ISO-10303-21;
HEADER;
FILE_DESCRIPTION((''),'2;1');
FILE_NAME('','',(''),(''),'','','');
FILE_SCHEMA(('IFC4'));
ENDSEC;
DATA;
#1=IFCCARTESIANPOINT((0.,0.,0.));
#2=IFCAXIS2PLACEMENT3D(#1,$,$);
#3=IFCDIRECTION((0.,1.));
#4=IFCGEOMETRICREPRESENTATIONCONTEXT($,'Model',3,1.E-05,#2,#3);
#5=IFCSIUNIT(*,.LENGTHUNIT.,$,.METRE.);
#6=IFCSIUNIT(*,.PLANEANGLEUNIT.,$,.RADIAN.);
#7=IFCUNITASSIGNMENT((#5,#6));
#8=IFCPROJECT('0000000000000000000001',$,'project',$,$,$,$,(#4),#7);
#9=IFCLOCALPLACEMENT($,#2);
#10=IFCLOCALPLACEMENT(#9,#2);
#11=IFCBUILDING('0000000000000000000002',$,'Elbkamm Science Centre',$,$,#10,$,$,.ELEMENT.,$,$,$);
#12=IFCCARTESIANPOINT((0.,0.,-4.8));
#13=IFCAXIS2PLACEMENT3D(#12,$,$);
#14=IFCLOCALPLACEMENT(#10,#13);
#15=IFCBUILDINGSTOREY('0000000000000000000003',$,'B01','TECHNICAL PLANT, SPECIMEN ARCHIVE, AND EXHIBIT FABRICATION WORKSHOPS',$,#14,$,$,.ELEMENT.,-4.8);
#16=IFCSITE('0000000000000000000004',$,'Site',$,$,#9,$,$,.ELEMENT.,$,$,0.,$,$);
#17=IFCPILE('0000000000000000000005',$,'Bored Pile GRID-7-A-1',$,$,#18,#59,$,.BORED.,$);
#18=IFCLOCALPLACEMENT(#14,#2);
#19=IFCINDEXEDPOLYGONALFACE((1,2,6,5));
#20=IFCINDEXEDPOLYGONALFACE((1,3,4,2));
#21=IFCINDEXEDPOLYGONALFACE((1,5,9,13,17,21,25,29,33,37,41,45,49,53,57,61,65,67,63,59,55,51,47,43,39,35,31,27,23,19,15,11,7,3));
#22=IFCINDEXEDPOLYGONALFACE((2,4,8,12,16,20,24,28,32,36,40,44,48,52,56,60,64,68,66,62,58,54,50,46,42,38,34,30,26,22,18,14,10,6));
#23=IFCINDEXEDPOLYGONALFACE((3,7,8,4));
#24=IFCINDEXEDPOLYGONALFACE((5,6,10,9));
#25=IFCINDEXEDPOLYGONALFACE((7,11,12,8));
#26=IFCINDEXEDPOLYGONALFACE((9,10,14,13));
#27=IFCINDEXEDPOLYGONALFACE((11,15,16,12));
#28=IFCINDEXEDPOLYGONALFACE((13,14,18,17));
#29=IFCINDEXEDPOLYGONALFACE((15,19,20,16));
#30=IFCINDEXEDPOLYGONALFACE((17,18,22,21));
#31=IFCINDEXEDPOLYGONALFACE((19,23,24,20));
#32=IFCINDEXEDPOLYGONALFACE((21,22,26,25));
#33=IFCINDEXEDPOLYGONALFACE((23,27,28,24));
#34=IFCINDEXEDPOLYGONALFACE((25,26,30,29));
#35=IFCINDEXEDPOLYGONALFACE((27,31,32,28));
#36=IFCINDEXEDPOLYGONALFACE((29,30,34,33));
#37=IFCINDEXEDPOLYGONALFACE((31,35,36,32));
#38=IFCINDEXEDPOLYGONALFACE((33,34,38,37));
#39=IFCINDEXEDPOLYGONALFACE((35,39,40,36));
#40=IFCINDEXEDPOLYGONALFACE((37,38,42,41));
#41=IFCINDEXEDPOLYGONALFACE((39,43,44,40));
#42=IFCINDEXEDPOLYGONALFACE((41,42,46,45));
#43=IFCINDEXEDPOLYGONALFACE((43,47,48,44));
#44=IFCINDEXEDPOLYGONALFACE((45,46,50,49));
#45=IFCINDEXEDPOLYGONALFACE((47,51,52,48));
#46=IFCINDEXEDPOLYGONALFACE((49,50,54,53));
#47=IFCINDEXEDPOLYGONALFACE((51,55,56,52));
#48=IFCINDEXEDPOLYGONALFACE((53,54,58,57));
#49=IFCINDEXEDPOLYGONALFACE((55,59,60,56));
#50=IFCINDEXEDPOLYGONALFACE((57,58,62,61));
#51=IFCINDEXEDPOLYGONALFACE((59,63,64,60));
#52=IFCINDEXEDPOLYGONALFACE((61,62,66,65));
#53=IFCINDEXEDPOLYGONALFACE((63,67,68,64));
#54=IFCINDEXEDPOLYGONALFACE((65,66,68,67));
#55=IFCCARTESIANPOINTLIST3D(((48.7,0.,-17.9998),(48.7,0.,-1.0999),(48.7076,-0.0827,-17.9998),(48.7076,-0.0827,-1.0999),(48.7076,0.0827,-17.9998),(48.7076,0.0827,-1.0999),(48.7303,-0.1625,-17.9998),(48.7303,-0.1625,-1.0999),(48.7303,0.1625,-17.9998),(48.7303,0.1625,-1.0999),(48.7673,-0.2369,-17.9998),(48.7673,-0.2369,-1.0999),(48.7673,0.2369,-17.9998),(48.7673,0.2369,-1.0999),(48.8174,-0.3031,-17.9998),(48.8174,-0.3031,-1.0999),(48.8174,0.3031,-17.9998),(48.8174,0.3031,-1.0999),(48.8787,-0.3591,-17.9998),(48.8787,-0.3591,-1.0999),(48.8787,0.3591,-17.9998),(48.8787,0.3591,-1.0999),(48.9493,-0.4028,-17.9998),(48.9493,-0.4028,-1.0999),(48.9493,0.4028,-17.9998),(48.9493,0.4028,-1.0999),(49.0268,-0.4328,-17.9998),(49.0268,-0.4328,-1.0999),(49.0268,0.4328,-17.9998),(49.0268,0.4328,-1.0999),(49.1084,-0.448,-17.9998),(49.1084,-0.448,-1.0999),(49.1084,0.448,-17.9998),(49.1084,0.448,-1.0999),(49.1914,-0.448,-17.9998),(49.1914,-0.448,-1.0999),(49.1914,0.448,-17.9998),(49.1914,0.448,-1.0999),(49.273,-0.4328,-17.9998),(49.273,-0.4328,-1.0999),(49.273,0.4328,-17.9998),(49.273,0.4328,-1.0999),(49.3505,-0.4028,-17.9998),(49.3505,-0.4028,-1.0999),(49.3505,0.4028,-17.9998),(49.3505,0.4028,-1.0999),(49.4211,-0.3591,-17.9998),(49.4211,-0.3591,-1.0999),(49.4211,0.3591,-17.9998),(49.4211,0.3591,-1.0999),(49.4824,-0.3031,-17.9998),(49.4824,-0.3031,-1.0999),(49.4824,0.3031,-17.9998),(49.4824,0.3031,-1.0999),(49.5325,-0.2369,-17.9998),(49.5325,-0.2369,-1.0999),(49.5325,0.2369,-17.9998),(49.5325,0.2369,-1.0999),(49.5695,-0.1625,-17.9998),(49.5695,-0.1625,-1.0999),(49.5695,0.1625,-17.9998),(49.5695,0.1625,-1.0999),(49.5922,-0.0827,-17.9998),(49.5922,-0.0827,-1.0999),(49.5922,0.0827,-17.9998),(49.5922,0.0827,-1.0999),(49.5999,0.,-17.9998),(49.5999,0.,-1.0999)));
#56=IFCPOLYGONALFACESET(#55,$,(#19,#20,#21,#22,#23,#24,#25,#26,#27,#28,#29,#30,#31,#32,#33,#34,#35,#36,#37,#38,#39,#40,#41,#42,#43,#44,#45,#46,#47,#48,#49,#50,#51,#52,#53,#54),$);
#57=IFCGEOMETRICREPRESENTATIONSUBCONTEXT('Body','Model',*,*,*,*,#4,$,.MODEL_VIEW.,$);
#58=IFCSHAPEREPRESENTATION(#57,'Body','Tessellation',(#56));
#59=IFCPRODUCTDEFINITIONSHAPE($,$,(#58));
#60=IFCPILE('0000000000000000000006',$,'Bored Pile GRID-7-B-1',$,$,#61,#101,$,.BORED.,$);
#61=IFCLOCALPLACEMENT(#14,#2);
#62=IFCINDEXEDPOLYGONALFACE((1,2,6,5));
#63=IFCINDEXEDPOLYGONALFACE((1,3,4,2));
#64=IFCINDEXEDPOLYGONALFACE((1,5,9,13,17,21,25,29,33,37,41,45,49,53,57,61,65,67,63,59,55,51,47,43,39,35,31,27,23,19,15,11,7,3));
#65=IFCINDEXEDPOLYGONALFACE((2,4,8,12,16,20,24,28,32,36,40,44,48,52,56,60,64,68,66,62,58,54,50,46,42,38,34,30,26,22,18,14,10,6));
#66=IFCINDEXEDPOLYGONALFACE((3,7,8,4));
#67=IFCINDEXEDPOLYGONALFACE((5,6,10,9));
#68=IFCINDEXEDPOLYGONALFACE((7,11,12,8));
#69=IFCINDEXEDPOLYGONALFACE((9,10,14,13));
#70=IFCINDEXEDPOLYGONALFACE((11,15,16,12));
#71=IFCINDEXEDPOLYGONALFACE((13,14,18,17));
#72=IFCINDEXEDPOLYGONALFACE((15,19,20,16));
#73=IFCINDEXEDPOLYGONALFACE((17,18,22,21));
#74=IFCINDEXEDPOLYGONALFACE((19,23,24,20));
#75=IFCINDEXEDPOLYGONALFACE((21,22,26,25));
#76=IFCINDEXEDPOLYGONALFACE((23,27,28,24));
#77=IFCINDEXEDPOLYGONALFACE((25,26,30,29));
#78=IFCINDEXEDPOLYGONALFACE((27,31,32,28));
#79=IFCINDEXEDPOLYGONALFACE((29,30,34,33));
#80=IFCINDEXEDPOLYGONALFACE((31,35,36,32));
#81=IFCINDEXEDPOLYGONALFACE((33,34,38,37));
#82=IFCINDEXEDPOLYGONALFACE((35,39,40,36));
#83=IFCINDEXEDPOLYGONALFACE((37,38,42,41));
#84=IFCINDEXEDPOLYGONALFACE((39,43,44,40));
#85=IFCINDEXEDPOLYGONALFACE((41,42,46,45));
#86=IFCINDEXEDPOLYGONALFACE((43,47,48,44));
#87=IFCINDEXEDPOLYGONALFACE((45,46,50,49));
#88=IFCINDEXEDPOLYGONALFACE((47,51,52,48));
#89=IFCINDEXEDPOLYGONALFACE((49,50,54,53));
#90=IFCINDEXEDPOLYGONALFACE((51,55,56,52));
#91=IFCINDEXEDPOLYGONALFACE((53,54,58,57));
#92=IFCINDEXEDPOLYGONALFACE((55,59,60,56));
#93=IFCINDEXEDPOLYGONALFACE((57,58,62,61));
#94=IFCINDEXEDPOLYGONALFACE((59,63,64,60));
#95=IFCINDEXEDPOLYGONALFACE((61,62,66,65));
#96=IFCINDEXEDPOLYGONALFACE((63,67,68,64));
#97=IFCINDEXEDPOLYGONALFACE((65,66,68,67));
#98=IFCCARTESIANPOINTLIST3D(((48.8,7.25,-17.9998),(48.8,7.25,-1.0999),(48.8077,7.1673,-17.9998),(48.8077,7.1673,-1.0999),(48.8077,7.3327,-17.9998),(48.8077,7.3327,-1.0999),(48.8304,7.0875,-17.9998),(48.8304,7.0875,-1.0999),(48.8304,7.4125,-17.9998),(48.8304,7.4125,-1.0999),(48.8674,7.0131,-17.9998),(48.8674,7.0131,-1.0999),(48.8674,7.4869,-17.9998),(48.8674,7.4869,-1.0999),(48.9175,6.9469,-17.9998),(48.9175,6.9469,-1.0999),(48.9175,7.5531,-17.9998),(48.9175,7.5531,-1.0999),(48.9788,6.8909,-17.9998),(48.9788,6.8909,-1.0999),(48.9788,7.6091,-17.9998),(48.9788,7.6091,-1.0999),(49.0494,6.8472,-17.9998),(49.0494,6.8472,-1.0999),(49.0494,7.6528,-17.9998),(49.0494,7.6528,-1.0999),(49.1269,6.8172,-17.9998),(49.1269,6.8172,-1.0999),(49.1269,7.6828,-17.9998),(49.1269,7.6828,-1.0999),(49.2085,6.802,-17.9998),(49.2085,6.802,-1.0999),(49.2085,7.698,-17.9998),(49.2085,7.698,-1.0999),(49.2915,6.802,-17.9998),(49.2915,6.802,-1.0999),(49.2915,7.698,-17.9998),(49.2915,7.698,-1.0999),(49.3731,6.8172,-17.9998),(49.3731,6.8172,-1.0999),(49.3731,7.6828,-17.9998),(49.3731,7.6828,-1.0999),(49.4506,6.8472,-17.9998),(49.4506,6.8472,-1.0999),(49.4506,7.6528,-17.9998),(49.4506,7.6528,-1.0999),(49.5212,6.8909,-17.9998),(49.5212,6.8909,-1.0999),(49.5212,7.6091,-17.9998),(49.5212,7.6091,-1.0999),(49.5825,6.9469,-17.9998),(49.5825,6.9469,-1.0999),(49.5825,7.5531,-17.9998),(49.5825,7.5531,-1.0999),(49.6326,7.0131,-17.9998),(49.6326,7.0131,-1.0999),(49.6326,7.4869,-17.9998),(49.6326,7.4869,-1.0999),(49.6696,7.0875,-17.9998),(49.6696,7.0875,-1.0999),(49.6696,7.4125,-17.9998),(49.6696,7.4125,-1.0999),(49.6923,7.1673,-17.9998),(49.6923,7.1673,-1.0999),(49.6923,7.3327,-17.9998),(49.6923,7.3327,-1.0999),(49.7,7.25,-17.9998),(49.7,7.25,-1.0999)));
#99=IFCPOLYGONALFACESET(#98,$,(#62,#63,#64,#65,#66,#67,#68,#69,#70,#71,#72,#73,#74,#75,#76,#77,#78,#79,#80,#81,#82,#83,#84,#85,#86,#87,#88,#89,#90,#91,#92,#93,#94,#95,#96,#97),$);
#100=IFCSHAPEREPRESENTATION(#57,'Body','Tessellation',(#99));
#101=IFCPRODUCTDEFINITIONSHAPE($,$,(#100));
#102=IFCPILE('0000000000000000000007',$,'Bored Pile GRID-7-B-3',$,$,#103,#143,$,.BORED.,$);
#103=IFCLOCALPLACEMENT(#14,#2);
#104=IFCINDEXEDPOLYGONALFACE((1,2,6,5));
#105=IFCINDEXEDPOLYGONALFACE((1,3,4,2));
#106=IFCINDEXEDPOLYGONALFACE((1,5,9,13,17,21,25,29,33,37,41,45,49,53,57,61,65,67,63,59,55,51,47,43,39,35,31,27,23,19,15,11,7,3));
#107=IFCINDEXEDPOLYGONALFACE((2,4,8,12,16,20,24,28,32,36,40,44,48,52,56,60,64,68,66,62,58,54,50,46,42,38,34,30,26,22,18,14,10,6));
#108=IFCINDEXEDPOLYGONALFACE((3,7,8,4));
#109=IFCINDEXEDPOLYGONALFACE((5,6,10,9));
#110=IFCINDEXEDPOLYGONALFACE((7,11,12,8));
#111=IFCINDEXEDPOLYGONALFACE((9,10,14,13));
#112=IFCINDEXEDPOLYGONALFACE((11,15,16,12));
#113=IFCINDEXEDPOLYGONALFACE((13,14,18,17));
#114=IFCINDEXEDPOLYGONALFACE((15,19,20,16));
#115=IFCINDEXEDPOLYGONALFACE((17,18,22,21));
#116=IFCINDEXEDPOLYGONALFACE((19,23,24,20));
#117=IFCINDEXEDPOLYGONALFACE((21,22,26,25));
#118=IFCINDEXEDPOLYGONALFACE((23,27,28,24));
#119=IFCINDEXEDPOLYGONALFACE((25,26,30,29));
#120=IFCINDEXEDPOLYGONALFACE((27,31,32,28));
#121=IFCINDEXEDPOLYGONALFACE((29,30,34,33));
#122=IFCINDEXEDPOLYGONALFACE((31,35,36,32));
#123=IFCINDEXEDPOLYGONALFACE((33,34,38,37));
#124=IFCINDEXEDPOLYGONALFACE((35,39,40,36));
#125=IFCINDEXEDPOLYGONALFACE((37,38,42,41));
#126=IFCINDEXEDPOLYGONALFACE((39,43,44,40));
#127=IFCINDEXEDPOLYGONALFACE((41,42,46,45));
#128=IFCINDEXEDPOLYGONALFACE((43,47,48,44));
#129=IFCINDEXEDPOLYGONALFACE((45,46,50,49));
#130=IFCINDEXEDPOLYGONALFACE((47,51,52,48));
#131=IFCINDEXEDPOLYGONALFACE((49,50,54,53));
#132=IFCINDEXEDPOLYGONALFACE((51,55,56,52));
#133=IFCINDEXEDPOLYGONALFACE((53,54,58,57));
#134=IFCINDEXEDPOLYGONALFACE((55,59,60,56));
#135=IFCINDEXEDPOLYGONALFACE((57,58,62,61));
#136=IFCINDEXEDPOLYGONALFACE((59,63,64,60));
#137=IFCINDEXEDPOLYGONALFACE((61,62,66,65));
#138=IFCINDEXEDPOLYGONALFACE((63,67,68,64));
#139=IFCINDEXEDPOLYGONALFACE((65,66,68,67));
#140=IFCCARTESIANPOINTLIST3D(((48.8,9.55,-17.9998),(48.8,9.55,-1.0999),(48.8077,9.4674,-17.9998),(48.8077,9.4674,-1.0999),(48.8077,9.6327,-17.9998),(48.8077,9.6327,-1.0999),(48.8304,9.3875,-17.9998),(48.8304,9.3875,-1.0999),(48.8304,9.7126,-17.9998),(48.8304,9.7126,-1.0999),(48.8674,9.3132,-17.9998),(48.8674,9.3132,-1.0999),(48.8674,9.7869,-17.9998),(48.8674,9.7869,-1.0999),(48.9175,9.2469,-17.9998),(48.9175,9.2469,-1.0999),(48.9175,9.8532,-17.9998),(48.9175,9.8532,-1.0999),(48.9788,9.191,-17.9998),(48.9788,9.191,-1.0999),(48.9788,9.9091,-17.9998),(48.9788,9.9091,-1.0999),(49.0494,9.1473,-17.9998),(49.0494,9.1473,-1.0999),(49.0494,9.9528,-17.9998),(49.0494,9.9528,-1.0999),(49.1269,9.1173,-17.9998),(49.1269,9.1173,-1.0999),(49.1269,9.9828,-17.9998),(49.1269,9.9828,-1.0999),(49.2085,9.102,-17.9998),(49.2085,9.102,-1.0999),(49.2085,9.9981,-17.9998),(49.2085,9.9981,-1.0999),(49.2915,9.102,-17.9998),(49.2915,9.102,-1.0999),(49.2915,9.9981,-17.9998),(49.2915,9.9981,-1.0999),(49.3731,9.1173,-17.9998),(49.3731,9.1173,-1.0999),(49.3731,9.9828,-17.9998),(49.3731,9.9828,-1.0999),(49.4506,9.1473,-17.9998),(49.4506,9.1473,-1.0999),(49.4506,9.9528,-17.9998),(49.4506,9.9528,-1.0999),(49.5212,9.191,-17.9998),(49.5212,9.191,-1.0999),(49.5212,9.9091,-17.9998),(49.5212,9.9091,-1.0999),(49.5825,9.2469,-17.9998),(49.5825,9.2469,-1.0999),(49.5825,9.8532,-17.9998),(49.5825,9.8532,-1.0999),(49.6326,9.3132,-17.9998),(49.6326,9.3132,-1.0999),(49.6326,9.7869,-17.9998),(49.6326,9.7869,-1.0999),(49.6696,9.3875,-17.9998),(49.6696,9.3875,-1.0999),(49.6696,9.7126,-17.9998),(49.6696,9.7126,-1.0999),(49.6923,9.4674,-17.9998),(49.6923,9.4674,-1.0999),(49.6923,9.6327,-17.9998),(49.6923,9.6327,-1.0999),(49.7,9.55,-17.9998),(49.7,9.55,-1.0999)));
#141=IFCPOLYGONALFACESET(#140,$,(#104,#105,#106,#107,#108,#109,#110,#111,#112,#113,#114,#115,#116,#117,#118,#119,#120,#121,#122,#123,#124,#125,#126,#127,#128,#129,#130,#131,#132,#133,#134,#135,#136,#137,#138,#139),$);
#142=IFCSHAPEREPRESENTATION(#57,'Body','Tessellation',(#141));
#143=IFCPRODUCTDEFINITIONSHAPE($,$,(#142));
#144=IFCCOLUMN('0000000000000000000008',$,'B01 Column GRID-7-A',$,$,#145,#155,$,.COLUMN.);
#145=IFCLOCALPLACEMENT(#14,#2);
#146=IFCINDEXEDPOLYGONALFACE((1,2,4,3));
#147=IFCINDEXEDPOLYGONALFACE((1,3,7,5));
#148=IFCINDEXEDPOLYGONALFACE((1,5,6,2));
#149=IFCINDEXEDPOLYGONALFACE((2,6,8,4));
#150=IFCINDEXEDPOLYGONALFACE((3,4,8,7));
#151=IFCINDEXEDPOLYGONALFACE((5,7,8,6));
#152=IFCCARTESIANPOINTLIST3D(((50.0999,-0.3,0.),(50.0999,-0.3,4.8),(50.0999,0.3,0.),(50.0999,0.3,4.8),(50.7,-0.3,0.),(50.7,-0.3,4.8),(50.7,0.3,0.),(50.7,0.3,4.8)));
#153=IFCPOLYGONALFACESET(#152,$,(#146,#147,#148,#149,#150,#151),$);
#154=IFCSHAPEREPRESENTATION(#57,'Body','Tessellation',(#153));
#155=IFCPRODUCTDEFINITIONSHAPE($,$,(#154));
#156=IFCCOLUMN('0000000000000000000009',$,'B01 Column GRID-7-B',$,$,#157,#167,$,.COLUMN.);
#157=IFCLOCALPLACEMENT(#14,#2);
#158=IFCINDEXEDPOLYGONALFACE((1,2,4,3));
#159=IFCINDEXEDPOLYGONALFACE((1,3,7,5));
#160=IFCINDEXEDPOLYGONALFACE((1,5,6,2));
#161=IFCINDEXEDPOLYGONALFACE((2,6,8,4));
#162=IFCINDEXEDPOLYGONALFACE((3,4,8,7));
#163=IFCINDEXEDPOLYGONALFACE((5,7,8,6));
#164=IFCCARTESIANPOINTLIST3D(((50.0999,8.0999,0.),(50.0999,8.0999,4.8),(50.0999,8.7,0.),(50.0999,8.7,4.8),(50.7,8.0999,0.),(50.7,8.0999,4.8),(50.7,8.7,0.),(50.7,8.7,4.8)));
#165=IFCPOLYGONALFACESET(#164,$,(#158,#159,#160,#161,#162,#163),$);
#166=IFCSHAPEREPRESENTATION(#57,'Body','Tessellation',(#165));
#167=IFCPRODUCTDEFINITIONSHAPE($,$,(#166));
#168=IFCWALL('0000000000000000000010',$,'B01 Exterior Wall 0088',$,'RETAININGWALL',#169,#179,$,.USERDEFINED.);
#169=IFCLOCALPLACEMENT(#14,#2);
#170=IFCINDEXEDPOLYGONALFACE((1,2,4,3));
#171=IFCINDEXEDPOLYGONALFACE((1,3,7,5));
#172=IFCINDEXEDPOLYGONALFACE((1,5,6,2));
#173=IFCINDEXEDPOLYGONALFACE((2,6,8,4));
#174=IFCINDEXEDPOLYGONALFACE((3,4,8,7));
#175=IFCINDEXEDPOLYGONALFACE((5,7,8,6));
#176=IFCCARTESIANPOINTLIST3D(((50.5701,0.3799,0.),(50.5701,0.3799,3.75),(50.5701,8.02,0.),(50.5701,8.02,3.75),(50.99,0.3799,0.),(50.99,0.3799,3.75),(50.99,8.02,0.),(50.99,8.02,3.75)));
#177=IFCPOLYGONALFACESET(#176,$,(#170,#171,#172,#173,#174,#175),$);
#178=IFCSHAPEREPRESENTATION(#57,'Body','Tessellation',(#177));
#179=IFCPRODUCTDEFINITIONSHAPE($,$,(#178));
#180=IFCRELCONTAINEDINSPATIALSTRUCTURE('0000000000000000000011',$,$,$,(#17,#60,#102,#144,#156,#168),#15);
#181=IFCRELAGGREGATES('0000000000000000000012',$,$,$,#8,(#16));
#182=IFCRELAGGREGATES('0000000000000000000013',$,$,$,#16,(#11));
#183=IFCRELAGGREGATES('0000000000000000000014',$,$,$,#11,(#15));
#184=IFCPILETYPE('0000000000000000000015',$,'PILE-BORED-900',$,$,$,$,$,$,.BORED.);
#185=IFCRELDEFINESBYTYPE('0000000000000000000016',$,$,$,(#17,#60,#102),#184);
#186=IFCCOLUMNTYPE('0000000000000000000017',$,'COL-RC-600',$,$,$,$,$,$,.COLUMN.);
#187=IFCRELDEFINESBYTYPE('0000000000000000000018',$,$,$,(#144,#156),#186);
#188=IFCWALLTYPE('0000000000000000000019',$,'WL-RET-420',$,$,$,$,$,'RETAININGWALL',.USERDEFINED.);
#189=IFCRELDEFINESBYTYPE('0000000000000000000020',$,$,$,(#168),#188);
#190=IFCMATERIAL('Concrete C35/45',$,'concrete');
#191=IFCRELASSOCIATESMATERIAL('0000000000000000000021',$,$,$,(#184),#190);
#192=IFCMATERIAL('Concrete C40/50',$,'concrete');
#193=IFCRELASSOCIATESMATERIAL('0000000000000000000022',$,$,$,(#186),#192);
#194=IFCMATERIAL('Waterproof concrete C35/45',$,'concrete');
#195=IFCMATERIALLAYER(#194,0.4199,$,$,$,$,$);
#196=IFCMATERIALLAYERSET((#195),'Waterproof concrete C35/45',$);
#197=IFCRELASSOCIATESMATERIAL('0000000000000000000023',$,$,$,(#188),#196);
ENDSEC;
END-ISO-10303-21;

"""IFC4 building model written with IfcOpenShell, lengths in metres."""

from ifc_helpers import new_model, si_unit, direction, frame, frame_2d, origin, origin_2d, place, context, subcontext, project, spatial, rectangle, circle, extrude, material, layer, layer_set, material_profile, profile_set, type_object, element, save


model = new_model("IFC4")

# Units and contexts
model_context = context("Model", 3, precision=1e-05, world=origin(), true_north=direction((0.0, 1.0)))
body_context = subcontext(model_context, "Body", "Model", "MODEL_VIEW")
ifc_project = project(units=[si_unit("LENGTHUNIT", "METRE"), si_unit("PLANEANGLEUNIT", "RADIAN")], contexts=[model_context])

# Site, building, storey
site_placement = place(None, origin())
site = spatial("IfcSite", under=ifc_project, at=site_placement, Name="Site", CompositionType="ELEMENT", RefElevation=0.0)
building_placement = place(site_placement, origin())
building = spatial("IfcBuilding", under=site, at=building_placement, Name="Elbkamm Science Centre", CompositionType="ELEMENT")
storey_placement = place(building_placement, frame((0.0, 0.0, -4.8)))
storey = spatial("IfcBuildingStorey", under=building, at=storey_placement, Name="B01", Description="TECHNICAL PLANT, SPECIMEN ARCHIVE, AND EXHIBIT FABRICATION WORKSHOPS", CompositionType="ELEMENT", Elevation=-4.8)

# Shared definitions
ifc_material_1 = material(Name="Concrete C35/45", Category="concrete")

# Piles
ifc_material_profile_1 = material_profile(ifc_material_1, circle(Radius=0.45, at=origin_2d()), Name="PILE D900")
ifc_profile_set_1 = profile_set([ifc_material_profile_1], Name="Concrete C35/45")
pile_type = type_object("IfcPileType", Name="PILE-BORED-900", PredefinedType="BORED", material=ifc_profile_set_1)
for number, where, z_axis, x_axis, name in (
    (1, (49.1499, 0.0, -1.0999), (0.0, 0.0, -1.0), (1.0, 0.0, 0.0), "Bored Pile GRID-7-A-1"),
    (2, (49.25, 7.25, -1.0999), (0.0, 0.0, -1.0), (1.0, 0.0, 0.0), "Bored Pile GRID-7-B-1"),
    (3, (49.25, 9.55, -1.0999), (0.0, 0.0, -1.0), (1.0, 0.0, 0.0), "Bored Pile GRID-7-B-3"),
):
    element("IfcPile", number, at=place(storey_placement, frame(where, z_axis=z_axis, x_axis=x_axis)), inside=storey, type_object=pile_type, Name=name, PredefinedType="BORED", context=body_context, shape_type="SweptSolid", body=[
        extrude(circle(Radius=0.45, at=origin_2d()), origin(), (0.0, 0.0, 1.0), 16.8999),
    ])

# Columns
ifc_material_2 = material(Name="Concrete C40/50", Category="concrete")
ifc_material_profile_2 = material_profile(ifc_material_2, rectangle(XDim=0.6001, YDim=0.6001, at=origin_2d()), Name="RC 600x600")
ifc_profile_set_2 = profile_set([ifc_material_profile_2], Name="Concrete C40/50")
column_type = type_object("IfcColumnType", Name="COL-RC-600", PredefinedType="COLUMN", material=ifc_profile_set_2)
for number, where, z_axis, x_axis, name in (
    (4, (50.3999, 0.0, 0.0), (0.0, 0.0, 1.0), (1.0, 0.0, 0.0), "B01 Column GRID-7-A"),
    (5, (50.3999, 8.3999, 0.0), (0.0, 0.0, 1.0), (1.0, 0.0, 0.0), "B01 Column GRID-7-B"),
):
    element("IfcColumn", number, at=place(storey_placement, frame(where, z_axis=z_axis, x_axis=x_axis)), inside=storey, type_object=column_type, Name=name, PredefinedType="COLUMN", context=body_context, shape_type="SweptSolid", body=[
        extrude(rectangle(XDim=0.6001, YDim=0.6001, at=origin_2d()), origin(), (0.0, 0.0, 1.0), 4.8),
    ])

# Wall
ifc_material_3 = material(Name="Waterproof concrete C35/45", Category="concrete")
ifc_layer_1 = layer(ifc_material_3, 0.4199)
ifc_layer_set_1 = layer_set([ifc_layer_1], Name="Waterproof concrete C35/45")
wall_type = type_object("IfcWallType", Name="WL-RET-420", ElementType="RETAININGWALL", PredefinedType="USERDEFINED", material=ifc_layer_set_1)
wall_placement = place(storey_placement, frame((50.78, 0.3799, 0.0), z_axis=(0.0, 0.0, 1.0), x_axis=(0.0, 1.0, 0.0)))
element("IfcWall", 6, at=wall_placement, inside=storey, type_object=wall_type, Name="B01 Exterior Wall 0088", ObjectType="RETAININGWALL", PredefinedType="USERDEFINED", context=body_context, shape_type="SweptSolid", body=[
    extrude(rectangle(XDim=7.6401, YDim=0.4199, at=frame_2d((3.8201, 0.0))), origin(), (0.0, 0.0, 1.0), 3.75),
])

save(model, "model.ifc")
